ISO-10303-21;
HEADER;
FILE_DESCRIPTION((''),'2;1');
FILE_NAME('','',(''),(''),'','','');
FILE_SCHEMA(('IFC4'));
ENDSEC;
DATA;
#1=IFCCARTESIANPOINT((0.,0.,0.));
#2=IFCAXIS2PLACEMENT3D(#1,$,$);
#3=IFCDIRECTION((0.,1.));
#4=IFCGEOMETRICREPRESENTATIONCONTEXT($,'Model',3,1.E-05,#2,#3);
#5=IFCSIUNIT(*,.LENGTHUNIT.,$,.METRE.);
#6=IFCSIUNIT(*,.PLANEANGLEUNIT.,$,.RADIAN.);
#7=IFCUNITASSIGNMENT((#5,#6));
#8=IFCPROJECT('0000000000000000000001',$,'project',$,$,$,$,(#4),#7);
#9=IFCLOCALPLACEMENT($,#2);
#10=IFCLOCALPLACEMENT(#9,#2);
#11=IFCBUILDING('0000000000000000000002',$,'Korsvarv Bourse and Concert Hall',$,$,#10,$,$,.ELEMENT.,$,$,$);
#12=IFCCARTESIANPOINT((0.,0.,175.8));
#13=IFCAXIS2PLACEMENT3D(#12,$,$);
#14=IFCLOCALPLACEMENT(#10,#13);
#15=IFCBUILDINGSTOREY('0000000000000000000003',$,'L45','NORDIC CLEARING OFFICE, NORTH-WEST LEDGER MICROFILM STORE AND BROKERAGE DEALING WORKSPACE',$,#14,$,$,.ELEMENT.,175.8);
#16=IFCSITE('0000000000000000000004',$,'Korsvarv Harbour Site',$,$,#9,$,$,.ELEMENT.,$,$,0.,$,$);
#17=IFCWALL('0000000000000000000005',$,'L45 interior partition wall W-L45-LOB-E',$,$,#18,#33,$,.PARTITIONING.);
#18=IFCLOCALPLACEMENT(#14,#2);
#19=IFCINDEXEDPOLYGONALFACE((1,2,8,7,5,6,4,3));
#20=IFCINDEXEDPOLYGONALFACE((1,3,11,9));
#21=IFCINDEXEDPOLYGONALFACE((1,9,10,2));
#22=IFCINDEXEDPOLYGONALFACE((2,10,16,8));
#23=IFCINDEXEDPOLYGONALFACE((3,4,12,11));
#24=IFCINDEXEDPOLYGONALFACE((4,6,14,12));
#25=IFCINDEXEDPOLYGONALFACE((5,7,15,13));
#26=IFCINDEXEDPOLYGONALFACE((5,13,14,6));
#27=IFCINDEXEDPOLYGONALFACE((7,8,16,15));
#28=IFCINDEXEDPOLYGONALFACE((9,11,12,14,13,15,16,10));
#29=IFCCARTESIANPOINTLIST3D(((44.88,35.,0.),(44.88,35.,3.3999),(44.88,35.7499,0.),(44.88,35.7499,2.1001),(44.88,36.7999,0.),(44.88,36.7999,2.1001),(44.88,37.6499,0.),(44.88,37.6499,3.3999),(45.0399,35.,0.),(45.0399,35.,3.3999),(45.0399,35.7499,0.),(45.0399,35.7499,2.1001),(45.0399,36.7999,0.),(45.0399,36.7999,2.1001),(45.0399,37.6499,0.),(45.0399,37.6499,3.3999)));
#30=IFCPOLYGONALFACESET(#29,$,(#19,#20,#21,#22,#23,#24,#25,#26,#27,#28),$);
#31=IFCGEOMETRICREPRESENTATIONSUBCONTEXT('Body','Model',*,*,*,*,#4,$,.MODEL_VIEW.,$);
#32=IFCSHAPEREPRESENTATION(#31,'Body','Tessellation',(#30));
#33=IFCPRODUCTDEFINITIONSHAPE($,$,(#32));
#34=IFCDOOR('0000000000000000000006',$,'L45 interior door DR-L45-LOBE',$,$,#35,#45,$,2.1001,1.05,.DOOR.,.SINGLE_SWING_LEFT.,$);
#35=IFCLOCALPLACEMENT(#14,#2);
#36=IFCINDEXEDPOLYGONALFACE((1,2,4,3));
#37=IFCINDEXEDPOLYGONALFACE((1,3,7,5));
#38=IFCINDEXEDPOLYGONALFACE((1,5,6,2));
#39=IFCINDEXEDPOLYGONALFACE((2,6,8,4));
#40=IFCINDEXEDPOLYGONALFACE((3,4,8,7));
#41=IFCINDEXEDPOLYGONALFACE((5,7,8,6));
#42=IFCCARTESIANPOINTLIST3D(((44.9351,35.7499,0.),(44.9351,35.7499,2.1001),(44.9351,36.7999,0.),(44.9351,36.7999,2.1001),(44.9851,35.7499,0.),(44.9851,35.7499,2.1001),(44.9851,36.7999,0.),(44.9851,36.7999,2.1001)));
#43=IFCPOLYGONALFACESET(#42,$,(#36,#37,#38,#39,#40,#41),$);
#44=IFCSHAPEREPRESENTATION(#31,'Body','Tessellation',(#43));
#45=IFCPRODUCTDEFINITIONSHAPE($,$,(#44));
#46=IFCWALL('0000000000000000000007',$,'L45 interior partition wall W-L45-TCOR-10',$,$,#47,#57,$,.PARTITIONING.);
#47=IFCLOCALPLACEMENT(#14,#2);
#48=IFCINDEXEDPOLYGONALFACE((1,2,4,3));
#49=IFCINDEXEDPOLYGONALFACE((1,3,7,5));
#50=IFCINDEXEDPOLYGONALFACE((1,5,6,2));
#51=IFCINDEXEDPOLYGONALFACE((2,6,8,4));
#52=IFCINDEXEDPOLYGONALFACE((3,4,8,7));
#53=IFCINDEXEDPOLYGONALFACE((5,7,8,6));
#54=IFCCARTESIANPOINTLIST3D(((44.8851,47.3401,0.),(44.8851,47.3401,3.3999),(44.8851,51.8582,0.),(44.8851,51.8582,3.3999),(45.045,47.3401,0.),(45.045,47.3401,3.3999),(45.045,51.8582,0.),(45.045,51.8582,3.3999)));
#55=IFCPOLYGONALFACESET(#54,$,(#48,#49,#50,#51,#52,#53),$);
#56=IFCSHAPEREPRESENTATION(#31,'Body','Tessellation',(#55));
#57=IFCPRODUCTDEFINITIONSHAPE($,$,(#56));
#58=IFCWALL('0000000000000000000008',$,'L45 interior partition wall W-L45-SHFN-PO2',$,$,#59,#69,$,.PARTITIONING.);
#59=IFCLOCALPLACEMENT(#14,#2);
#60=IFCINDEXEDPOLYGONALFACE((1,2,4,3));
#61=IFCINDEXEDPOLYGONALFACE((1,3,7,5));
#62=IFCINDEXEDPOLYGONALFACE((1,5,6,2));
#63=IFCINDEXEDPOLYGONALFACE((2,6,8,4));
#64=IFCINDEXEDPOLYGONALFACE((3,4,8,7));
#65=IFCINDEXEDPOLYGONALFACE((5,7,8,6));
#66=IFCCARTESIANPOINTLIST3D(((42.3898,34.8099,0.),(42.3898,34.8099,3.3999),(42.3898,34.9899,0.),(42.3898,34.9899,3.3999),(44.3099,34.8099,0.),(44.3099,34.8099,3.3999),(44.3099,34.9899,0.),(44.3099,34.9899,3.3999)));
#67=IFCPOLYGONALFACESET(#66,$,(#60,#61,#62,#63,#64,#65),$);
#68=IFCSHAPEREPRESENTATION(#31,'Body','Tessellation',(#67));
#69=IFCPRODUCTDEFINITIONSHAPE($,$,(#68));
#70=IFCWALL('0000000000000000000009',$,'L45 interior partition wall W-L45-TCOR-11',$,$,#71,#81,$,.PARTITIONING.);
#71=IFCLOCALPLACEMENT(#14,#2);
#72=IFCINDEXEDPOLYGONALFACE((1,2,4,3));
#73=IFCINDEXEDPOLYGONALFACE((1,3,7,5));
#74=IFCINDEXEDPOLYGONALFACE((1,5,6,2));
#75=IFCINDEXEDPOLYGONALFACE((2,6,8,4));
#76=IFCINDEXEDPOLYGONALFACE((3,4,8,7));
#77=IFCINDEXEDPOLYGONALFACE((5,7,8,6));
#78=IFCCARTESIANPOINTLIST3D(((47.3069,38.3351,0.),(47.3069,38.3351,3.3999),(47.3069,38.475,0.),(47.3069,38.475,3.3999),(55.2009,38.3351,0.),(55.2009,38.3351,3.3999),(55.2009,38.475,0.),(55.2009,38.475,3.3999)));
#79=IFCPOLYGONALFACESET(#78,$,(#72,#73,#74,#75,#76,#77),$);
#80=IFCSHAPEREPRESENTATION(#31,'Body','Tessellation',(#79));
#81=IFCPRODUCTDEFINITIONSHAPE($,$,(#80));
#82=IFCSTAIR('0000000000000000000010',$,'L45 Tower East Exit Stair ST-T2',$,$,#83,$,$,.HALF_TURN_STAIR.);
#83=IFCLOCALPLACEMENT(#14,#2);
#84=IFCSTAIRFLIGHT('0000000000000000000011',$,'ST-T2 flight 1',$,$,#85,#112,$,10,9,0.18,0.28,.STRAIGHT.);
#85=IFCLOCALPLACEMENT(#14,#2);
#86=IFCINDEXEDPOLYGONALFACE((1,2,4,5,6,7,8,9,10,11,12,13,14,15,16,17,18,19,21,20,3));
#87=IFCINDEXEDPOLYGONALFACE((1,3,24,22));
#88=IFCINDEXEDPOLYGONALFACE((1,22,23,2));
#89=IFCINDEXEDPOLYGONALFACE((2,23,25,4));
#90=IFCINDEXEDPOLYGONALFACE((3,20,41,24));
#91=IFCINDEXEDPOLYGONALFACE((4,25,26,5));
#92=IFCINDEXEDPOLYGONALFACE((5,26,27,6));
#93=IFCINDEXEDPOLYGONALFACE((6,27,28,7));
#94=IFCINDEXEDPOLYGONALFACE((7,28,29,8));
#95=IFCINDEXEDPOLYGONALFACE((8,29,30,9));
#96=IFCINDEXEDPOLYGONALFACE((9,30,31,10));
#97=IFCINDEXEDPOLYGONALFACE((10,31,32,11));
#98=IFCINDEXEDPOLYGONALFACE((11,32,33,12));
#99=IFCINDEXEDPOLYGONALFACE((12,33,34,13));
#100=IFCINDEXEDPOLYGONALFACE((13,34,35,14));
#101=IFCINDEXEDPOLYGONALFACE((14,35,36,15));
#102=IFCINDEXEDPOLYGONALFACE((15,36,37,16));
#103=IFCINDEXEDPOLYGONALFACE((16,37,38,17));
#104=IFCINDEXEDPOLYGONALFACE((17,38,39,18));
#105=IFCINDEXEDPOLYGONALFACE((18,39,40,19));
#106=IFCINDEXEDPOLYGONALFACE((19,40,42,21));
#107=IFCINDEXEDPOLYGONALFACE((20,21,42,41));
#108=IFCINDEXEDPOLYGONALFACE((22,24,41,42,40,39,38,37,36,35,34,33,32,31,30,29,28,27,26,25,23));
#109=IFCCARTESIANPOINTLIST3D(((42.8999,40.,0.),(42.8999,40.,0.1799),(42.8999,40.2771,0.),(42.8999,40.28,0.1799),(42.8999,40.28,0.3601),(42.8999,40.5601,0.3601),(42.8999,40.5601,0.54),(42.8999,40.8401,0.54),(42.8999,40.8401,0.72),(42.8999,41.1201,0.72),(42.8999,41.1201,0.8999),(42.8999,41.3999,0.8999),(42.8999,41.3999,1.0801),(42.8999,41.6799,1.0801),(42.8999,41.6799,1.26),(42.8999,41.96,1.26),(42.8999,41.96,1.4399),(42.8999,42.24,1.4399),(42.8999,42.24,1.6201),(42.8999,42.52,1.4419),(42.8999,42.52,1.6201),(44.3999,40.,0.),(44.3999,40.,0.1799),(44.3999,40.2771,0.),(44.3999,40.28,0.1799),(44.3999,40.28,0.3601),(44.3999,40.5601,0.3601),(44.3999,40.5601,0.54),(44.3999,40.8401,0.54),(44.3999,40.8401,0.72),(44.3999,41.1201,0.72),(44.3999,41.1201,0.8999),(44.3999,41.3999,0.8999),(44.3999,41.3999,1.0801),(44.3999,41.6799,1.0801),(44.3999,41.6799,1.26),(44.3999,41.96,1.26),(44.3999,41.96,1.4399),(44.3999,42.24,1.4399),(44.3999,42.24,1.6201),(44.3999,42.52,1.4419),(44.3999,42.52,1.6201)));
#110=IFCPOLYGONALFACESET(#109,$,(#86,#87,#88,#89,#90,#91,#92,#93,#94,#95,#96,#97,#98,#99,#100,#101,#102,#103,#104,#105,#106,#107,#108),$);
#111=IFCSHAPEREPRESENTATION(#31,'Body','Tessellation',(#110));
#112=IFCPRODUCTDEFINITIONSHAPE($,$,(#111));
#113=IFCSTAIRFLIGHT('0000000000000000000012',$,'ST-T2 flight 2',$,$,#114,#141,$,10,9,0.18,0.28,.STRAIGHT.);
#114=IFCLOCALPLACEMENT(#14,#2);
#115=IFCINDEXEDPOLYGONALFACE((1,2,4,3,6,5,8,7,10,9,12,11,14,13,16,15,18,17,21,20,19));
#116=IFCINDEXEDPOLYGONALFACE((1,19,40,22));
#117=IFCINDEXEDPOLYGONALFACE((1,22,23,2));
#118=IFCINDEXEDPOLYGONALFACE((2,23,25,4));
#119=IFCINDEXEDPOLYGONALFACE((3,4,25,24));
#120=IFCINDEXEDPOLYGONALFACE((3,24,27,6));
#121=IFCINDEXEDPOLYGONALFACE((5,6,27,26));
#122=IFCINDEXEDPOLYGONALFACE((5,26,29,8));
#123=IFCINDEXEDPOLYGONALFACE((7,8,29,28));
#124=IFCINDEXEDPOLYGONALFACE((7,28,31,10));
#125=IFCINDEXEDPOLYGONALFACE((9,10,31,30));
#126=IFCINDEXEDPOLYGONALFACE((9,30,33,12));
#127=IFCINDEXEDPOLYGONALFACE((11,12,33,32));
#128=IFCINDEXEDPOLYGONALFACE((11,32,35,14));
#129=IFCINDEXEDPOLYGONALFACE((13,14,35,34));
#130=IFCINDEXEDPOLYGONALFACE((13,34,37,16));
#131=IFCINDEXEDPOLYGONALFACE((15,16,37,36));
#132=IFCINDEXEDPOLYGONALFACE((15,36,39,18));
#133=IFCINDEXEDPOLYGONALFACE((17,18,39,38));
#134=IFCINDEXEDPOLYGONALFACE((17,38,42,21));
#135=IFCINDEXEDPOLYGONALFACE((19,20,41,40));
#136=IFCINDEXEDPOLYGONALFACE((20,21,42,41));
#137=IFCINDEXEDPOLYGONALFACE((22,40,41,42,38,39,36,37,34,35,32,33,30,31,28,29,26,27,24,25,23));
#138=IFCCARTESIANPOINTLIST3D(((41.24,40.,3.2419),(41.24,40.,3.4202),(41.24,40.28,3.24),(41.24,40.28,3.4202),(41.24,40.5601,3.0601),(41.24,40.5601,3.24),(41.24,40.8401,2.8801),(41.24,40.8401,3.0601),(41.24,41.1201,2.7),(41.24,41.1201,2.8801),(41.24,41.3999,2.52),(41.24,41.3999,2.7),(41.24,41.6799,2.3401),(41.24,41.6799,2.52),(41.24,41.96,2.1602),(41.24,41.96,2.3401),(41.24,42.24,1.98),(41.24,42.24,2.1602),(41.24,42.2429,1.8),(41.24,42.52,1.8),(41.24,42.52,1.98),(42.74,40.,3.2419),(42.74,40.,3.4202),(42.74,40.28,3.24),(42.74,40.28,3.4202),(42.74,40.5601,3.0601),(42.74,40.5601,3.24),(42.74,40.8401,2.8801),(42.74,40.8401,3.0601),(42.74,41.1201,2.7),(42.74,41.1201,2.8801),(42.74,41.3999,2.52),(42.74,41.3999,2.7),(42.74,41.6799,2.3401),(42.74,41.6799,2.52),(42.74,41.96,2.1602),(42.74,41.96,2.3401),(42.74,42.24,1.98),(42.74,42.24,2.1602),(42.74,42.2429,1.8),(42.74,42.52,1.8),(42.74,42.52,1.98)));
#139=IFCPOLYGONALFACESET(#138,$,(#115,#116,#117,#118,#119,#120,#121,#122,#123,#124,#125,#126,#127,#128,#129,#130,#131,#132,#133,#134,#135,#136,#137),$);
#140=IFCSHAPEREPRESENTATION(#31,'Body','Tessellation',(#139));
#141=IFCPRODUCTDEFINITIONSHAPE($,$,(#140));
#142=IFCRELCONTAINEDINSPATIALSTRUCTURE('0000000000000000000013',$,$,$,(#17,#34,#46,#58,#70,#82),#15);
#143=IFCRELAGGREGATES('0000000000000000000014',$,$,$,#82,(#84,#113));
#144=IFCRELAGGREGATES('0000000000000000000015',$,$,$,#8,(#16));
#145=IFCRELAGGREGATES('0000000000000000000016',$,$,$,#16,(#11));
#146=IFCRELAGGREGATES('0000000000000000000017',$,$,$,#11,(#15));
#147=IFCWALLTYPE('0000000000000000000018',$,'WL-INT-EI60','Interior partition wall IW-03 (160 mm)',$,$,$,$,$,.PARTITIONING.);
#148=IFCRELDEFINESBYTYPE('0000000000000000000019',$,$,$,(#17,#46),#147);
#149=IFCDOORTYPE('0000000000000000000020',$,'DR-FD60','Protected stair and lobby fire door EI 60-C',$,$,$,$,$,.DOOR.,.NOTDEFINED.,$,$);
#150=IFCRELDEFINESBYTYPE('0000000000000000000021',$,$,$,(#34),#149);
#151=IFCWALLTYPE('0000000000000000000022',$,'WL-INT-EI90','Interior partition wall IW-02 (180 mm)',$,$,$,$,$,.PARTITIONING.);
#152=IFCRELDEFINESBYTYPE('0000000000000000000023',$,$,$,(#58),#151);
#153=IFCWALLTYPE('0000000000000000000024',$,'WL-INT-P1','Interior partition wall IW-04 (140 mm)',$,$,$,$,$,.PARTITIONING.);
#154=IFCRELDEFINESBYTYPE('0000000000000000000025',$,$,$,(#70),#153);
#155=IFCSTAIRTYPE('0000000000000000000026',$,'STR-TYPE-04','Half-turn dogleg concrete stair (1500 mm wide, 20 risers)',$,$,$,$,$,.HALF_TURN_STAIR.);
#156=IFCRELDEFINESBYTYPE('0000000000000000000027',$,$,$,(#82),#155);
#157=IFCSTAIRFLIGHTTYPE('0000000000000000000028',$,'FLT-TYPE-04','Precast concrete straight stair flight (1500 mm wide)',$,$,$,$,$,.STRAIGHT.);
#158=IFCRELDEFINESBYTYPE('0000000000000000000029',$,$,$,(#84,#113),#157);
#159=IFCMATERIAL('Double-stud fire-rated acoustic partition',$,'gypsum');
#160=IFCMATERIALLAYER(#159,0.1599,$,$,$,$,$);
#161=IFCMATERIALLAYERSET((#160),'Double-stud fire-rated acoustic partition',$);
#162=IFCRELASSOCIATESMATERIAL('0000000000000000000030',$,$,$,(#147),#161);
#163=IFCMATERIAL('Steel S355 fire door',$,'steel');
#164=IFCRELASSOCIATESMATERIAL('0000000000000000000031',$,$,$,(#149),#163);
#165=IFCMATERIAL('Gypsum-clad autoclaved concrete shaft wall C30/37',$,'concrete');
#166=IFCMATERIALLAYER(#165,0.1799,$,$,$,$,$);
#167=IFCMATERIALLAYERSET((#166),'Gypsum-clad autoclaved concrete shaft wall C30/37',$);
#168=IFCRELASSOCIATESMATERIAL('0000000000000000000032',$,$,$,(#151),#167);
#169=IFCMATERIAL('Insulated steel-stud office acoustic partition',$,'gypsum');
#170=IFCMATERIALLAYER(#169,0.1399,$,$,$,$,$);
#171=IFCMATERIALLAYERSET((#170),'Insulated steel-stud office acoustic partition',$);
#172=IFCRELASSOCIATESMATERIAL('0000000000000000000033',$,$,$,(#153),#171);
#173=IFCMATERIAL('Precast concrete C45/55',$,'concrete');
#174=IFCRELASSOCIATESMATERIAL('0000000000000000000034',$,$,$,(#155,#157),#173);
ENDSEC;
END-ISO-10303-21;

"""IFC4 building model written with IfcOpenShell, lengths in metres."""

from ifc_helpers import new_model, si_unit, direction, frame, frame_2d, origin, place, context, subcontext, project, spatial, polyline, rectangle, outline, extrude, material, layer, layer_set, type_object, element, fill, aggregate, save


model = new_model("IFC4")

# Units and contexts
model_context = context("Model", 3, precision=1e-05, world=origin(), true_north=direction((0.0, 1.0)))
body_context = subcontext(model_context, "Body", "Model", "MODEL_VIEW")
ifc_project = project(units=[si_unit("LENGTHUNIT", "METRE"), si_unit("PLANEANGLEUNIT", "RADIAN")], contexts=[model_context])

# Site, building, storey
site_placement = place(None, origin())
site = spatial("IfcSite", under=ifc_project, at=site_placement, Name="Korsvarv Harbour Site", CompositionType="ELEMENT", RefElevation=0.0)
building_placement = place(site_placement, origin())
building = spatial("IfcBuilding", under=site, at=building_placement, Name="Korsvarv Bourse and Concert Hall", CompositionType="ELEMENT")
storey_placement = place(building_placement, frame((0.0, 0.0, 175.8)))
storey = spatial("IfcBuildingStorey", under=building, at=storey_placement, Name="L45", Description="NORDIC CLEARING OFFICE, NORTH-WEST LEDGER MICROFILM STORE AND BROKERAGE DEALING WORKSPACE", CompositionType="ELEMENT", Elevation=175.8)

# Wall, opening, door
ifc_material_1 = material(Name="Double-stud fire-rated acoustic partition", Category="gypsum")
ifc_layer_1 = layer(ifc_material_1, 0.1599)
ifc_layer_set_1 = layer_set([ifc_layer_1], Name="Double-stud fire-rated acoustic partition")
wall_type_1 = type_object("IfcWallType", Name="WL-INT-EI60", Description="Interior partition wall IW-03 (160 mm)", PredefinedType="PARTITIONING", material=ifc_layer_set_1)
wall_1_placement = place(storey_placement, frame((44.96, 35.0, 0.0), z_axis=(0.0, 0.0, 1.0), x_axis=(0.0, 1.0, 0.0)))
wall_1 = element("IfcWall", 1, at=wall_1_placement, inside=storey, type_object=wall_type_1, Name="L45 interior partition wall W-L45-LOB-E", PredefinedType="PARTITIONING", context=body_context, shape_type="SweptSolid", body=[
    extrude(rectangle(XDim=2.6499, YDim=0.1599, at=frame_2d((1.325, 0.0))), origin(), (0.0, 0.0, 1.0), 3.3999),
])
opening_placement = place(wall_1_placement, frame((0.75, 0.0, 0.0)))
opening = element("IfcOpeningElement", 2, at=opening_placement, cuts=wall_1, PredefinedType="OPENING", context=body_context, shape_type="SweptSolid", body=[
    extrude(rectangle(XDim=1.05, YDim=2.1001, at=frame_2d((0.5249, 1.05))), frame((0.0, 0.0898, 0.0), z_axis=(0.0, -1.0, 0.0), x_axis=(1.0, 0.0, 0.0)), (0.0, 0.0, 1.0), 0.1799),
])
ifc_material_2 = material(Name="Steel S355 fire door", Category="steel")
door_type = type_object("IfcDoorType", Name="DR-FD60", Description="Protected stair and lobby fire door EI 60-C", OperationType="NOTDEFINED", PredefinedType="DOOR", material=ifc_material_2)
door_placement = place(opening_placement, origin())
door = element("IfcDoor", 3, at=door_placement, inside=storey, type_object=door_type, Name="L45 interior door DR-L45-LOBE", OperationType="SINGLE_SWING_LEFT", OverallHeight=2.1001, OverallWidth=1.05, PredefinedType="DOOR", context=body_context, shape_type="SweptSolid", body=[
    extrude(rectangle(XDim=1.05, YDim=2.1001, at=frame_2d((0.5249, 1.05))), frame((0.0, 0.0249, 0.0), z_axis=(0.0, -1.0, 0.0), x_axis=(1.0, 0.0, 0.0)), (0.0, 0.0, 1.0), 0.05),
])
fill(opening, door)

# Walls
wall_2_placement = place(storey_placement, frame((44.9651, 47.3401, 0.0), z_axis=(0.0, 0.0, 1.0), x_axis=(0.0, 1.0, 0.0)))
element("IfcWall", 4, at=wall_2_placement, inside=storey, type_object=wall_type_1, Name="L45 interior partition wall W-L45-TCOR-10", PredefinedType="PARTITIONING", context=body_context, shape_type="SweptSolid", body=[
    extrude(rectangle(XDim=4.5181, YDim=0.1599, at=frame_2d((2.259, 0.0))), origin(), (0.0, 0.0, 1.0), 3.3999),
])
ifc_material_3 = material(Name="Gypsum-clad autoclaved concrete shaft wall C30/37", Category="concrete")
ifc_layer_2 = layer(ifc_material_3, 0.1799)
ifc_layer_set_2 = layer_set([ifc_layer_2], Name="Gypsum-clad autoclaved concrete shaft wall C30/37")
wall_type_2 = type_object("IfcWallType", Name="WL-INT-EI90", Description="Interior partition wall IW-02 (180 mm)", PredefinedType="PARTITIONING", material=ifc_layer_set_2)
wall_3_placement = place(storey_placement, frame((42.3899, 34.8999, 0.0), z_axis=(0.0, 0.0, 1.0), x_axis=(1.0, 0.0, 0.0)))
element("IfcWall", 5, at=wall_3_placement, inside=storey, type_object=wall_type_2, Name="L45 interior partition wall W-L45-SHFN-PO2", PredefinedType="PARTITIONING", context=body_context, shape_type="SweptSolid", body=[
    extrude(rectangle(XDim=1.9202, YDim=0.1799, at=frame_2d((0.96, 0.0))), origin(), (0.0, 0.0, 1.0), 3.3999),
])
ifc_material_4 = material(Name="Insulated steel-stud office acoustic partition", Category="gypsum")
ifc_layer_3 = layer(ifc_material_4, 0.1399)
ifc_layer_set_3 = layer_set([ifc_layer_3], Name="Insulated steel-stud office acoustic partition")
wall_type_3 = type_object("IfcWallType", Name="WL-INT-P1", Description="Interior partition wall IW-04 (140 mm)", PredefinedType="PARTITIONING", material=ifc_layer_set_3)
wall_4_placement = place(storey_placement, frame((47.3069, 38.405, 0.0), z_axis=(0.0, 0.0, 1.0), x_axis=(1.0, 0.0, 0.0)))
element("IfcWall", 6, at=wall_4_placement, inside=storey, type_object=wall_type_3, Name="L45 interior partition wall W-L45-TCOR-11", PredefinedType="PARTITIONING", context=body_context, shape_type="SweptSolid", body=[
    extrude(rectangle(XDim=7.894, YDim=0.1399, at=frame_2d((3.947, 0.0))), origin(), (0.0, 0.0, 1.0), 3.3999),
])

# Stair, stair flights
ifc_material_5 = material(Name="Precast concrete C45/55", Category="concrete")
stair_type = type_object("IfcStairType", Name="STR-TYPE-04", Description="Half-turn dogleg concrete stair (1500 mm wide, 20 risers)", PredefinedType="HALF_TURN_STAIR", material=ifc_material_5)
stair_placement = place(storey_placement, origin())
stair = element("IfcStair", 7, at=stair_placement, inside=storey, type_object=stair_type, Name="L45 Tower East Exit Stair ST-T2", PredefinedType="HALF_TURN_STAIR")
stair_flight_type = type_object("IfcStairFlightType", Name="FLT-TYPE-04", Description="Precast concrete straight stair flight (1500 mm wide)", PredefinedType="STRAIGHT", material=ifc_material_5)
stair_flight_1_placement = place(storey_placement, frame((43.6499, 40.0, 0.0), z_axis=(0.0, 0.0, 1.0), x_axis=(0.0, 1.0, 0.0)))
stair_flight_1 = element("IfcStairFlight", 8, at=stair_flight_1_placement, type_object=stair_flight_type, Name="ST-T2 flight 1", NumberOfRisers=10, NumberOfTreads=9, PredefinedType="STRAIGHT", RiserHeight=0.18, TreadLength=0.28, context=body_context, shape_type="SweptSolid", body=[
    extrude(outline(polyline([(0.0, 0.0), (0.0, 0.1799), (0.28, 0.1799), (0.28, 0.3601), (0.5601, 0.3601), (0.5601, 0.54), (0.8401, 0.54), (0.8401, 0.72), (1.1201, 0.72), (1.1201, 0.8999), (1.3999, 0.8999), (1.3999, 1.0801), (1.6799, 1.0801), (1.6799, 1.26), (1.96, 1.26), (1.96, 1.4399), (2.24, 1.4399), (2.24, 1.6201), (2.52, 1.6201), (2.52, 1.8), (2.52, 1.4419), (0.2771, 0.0), (0.0, 0.0)])), frame((0.0, 0.75, 0.0), z_axis=(0.0, -1.0, 0.0), x_axis=(1.0, 0.0, 0.0)), (0.0, 0.0, 1.0), 1.5),
])
stair_flight_2_placement = place(storey_placement, frame((41.99, 42.52, 1.8), z_axis=(0.0, 0.0, 1.0), x_axis=(0.0, -1.0, 0.0)))
stair_flight_2 = element("IfcStairFlight", 9, at=stair_flight_2_placement, type_object=stair_flight_type, Name="ST-T2 flight 2", NumberOfRisers=10, NumberOfTreads=9, PredefinedType="STRAIGHT", RiserHeight=0.18, TreadLength=0.28, context=body_context, shape_type="SweptSolid", body=[
    extrude(outline(polyline([(0.0, 0.0), (0.0, 0.1799), (0.28, 0.1799), (0.28, 0.3601), (0.5601, 0.3601), (0.5601, 0.54), (0.8401, 0.54), (0.8401, 0.72), (1.1201, 0.72), (1.1201, 0.8999), (1.3999, 0.8999), (1.3999, 1.0801), (1.6799, 1.0801), (1.6799, 1.26), (1.96, 1.26), (1.96, 1.4399), (2.24, 1.4399), (2.24, 1.6201), (2.52, 1.6201), (2.52, 1.8), (2.52, 1.4419), (0.2771, 0.0), (0.0, 0.0)])), frame((0.0, 0.75, 0.0), z_axis=(0.0, -1.0, 0.0), x_axis=(1.0, 0.0, 0.0)), (0.0, 0.0, 1.0), 1.5),
])
aggregate(stair, [stair_flight_1, stair_flight_2])

save(model, "model.ifc")
